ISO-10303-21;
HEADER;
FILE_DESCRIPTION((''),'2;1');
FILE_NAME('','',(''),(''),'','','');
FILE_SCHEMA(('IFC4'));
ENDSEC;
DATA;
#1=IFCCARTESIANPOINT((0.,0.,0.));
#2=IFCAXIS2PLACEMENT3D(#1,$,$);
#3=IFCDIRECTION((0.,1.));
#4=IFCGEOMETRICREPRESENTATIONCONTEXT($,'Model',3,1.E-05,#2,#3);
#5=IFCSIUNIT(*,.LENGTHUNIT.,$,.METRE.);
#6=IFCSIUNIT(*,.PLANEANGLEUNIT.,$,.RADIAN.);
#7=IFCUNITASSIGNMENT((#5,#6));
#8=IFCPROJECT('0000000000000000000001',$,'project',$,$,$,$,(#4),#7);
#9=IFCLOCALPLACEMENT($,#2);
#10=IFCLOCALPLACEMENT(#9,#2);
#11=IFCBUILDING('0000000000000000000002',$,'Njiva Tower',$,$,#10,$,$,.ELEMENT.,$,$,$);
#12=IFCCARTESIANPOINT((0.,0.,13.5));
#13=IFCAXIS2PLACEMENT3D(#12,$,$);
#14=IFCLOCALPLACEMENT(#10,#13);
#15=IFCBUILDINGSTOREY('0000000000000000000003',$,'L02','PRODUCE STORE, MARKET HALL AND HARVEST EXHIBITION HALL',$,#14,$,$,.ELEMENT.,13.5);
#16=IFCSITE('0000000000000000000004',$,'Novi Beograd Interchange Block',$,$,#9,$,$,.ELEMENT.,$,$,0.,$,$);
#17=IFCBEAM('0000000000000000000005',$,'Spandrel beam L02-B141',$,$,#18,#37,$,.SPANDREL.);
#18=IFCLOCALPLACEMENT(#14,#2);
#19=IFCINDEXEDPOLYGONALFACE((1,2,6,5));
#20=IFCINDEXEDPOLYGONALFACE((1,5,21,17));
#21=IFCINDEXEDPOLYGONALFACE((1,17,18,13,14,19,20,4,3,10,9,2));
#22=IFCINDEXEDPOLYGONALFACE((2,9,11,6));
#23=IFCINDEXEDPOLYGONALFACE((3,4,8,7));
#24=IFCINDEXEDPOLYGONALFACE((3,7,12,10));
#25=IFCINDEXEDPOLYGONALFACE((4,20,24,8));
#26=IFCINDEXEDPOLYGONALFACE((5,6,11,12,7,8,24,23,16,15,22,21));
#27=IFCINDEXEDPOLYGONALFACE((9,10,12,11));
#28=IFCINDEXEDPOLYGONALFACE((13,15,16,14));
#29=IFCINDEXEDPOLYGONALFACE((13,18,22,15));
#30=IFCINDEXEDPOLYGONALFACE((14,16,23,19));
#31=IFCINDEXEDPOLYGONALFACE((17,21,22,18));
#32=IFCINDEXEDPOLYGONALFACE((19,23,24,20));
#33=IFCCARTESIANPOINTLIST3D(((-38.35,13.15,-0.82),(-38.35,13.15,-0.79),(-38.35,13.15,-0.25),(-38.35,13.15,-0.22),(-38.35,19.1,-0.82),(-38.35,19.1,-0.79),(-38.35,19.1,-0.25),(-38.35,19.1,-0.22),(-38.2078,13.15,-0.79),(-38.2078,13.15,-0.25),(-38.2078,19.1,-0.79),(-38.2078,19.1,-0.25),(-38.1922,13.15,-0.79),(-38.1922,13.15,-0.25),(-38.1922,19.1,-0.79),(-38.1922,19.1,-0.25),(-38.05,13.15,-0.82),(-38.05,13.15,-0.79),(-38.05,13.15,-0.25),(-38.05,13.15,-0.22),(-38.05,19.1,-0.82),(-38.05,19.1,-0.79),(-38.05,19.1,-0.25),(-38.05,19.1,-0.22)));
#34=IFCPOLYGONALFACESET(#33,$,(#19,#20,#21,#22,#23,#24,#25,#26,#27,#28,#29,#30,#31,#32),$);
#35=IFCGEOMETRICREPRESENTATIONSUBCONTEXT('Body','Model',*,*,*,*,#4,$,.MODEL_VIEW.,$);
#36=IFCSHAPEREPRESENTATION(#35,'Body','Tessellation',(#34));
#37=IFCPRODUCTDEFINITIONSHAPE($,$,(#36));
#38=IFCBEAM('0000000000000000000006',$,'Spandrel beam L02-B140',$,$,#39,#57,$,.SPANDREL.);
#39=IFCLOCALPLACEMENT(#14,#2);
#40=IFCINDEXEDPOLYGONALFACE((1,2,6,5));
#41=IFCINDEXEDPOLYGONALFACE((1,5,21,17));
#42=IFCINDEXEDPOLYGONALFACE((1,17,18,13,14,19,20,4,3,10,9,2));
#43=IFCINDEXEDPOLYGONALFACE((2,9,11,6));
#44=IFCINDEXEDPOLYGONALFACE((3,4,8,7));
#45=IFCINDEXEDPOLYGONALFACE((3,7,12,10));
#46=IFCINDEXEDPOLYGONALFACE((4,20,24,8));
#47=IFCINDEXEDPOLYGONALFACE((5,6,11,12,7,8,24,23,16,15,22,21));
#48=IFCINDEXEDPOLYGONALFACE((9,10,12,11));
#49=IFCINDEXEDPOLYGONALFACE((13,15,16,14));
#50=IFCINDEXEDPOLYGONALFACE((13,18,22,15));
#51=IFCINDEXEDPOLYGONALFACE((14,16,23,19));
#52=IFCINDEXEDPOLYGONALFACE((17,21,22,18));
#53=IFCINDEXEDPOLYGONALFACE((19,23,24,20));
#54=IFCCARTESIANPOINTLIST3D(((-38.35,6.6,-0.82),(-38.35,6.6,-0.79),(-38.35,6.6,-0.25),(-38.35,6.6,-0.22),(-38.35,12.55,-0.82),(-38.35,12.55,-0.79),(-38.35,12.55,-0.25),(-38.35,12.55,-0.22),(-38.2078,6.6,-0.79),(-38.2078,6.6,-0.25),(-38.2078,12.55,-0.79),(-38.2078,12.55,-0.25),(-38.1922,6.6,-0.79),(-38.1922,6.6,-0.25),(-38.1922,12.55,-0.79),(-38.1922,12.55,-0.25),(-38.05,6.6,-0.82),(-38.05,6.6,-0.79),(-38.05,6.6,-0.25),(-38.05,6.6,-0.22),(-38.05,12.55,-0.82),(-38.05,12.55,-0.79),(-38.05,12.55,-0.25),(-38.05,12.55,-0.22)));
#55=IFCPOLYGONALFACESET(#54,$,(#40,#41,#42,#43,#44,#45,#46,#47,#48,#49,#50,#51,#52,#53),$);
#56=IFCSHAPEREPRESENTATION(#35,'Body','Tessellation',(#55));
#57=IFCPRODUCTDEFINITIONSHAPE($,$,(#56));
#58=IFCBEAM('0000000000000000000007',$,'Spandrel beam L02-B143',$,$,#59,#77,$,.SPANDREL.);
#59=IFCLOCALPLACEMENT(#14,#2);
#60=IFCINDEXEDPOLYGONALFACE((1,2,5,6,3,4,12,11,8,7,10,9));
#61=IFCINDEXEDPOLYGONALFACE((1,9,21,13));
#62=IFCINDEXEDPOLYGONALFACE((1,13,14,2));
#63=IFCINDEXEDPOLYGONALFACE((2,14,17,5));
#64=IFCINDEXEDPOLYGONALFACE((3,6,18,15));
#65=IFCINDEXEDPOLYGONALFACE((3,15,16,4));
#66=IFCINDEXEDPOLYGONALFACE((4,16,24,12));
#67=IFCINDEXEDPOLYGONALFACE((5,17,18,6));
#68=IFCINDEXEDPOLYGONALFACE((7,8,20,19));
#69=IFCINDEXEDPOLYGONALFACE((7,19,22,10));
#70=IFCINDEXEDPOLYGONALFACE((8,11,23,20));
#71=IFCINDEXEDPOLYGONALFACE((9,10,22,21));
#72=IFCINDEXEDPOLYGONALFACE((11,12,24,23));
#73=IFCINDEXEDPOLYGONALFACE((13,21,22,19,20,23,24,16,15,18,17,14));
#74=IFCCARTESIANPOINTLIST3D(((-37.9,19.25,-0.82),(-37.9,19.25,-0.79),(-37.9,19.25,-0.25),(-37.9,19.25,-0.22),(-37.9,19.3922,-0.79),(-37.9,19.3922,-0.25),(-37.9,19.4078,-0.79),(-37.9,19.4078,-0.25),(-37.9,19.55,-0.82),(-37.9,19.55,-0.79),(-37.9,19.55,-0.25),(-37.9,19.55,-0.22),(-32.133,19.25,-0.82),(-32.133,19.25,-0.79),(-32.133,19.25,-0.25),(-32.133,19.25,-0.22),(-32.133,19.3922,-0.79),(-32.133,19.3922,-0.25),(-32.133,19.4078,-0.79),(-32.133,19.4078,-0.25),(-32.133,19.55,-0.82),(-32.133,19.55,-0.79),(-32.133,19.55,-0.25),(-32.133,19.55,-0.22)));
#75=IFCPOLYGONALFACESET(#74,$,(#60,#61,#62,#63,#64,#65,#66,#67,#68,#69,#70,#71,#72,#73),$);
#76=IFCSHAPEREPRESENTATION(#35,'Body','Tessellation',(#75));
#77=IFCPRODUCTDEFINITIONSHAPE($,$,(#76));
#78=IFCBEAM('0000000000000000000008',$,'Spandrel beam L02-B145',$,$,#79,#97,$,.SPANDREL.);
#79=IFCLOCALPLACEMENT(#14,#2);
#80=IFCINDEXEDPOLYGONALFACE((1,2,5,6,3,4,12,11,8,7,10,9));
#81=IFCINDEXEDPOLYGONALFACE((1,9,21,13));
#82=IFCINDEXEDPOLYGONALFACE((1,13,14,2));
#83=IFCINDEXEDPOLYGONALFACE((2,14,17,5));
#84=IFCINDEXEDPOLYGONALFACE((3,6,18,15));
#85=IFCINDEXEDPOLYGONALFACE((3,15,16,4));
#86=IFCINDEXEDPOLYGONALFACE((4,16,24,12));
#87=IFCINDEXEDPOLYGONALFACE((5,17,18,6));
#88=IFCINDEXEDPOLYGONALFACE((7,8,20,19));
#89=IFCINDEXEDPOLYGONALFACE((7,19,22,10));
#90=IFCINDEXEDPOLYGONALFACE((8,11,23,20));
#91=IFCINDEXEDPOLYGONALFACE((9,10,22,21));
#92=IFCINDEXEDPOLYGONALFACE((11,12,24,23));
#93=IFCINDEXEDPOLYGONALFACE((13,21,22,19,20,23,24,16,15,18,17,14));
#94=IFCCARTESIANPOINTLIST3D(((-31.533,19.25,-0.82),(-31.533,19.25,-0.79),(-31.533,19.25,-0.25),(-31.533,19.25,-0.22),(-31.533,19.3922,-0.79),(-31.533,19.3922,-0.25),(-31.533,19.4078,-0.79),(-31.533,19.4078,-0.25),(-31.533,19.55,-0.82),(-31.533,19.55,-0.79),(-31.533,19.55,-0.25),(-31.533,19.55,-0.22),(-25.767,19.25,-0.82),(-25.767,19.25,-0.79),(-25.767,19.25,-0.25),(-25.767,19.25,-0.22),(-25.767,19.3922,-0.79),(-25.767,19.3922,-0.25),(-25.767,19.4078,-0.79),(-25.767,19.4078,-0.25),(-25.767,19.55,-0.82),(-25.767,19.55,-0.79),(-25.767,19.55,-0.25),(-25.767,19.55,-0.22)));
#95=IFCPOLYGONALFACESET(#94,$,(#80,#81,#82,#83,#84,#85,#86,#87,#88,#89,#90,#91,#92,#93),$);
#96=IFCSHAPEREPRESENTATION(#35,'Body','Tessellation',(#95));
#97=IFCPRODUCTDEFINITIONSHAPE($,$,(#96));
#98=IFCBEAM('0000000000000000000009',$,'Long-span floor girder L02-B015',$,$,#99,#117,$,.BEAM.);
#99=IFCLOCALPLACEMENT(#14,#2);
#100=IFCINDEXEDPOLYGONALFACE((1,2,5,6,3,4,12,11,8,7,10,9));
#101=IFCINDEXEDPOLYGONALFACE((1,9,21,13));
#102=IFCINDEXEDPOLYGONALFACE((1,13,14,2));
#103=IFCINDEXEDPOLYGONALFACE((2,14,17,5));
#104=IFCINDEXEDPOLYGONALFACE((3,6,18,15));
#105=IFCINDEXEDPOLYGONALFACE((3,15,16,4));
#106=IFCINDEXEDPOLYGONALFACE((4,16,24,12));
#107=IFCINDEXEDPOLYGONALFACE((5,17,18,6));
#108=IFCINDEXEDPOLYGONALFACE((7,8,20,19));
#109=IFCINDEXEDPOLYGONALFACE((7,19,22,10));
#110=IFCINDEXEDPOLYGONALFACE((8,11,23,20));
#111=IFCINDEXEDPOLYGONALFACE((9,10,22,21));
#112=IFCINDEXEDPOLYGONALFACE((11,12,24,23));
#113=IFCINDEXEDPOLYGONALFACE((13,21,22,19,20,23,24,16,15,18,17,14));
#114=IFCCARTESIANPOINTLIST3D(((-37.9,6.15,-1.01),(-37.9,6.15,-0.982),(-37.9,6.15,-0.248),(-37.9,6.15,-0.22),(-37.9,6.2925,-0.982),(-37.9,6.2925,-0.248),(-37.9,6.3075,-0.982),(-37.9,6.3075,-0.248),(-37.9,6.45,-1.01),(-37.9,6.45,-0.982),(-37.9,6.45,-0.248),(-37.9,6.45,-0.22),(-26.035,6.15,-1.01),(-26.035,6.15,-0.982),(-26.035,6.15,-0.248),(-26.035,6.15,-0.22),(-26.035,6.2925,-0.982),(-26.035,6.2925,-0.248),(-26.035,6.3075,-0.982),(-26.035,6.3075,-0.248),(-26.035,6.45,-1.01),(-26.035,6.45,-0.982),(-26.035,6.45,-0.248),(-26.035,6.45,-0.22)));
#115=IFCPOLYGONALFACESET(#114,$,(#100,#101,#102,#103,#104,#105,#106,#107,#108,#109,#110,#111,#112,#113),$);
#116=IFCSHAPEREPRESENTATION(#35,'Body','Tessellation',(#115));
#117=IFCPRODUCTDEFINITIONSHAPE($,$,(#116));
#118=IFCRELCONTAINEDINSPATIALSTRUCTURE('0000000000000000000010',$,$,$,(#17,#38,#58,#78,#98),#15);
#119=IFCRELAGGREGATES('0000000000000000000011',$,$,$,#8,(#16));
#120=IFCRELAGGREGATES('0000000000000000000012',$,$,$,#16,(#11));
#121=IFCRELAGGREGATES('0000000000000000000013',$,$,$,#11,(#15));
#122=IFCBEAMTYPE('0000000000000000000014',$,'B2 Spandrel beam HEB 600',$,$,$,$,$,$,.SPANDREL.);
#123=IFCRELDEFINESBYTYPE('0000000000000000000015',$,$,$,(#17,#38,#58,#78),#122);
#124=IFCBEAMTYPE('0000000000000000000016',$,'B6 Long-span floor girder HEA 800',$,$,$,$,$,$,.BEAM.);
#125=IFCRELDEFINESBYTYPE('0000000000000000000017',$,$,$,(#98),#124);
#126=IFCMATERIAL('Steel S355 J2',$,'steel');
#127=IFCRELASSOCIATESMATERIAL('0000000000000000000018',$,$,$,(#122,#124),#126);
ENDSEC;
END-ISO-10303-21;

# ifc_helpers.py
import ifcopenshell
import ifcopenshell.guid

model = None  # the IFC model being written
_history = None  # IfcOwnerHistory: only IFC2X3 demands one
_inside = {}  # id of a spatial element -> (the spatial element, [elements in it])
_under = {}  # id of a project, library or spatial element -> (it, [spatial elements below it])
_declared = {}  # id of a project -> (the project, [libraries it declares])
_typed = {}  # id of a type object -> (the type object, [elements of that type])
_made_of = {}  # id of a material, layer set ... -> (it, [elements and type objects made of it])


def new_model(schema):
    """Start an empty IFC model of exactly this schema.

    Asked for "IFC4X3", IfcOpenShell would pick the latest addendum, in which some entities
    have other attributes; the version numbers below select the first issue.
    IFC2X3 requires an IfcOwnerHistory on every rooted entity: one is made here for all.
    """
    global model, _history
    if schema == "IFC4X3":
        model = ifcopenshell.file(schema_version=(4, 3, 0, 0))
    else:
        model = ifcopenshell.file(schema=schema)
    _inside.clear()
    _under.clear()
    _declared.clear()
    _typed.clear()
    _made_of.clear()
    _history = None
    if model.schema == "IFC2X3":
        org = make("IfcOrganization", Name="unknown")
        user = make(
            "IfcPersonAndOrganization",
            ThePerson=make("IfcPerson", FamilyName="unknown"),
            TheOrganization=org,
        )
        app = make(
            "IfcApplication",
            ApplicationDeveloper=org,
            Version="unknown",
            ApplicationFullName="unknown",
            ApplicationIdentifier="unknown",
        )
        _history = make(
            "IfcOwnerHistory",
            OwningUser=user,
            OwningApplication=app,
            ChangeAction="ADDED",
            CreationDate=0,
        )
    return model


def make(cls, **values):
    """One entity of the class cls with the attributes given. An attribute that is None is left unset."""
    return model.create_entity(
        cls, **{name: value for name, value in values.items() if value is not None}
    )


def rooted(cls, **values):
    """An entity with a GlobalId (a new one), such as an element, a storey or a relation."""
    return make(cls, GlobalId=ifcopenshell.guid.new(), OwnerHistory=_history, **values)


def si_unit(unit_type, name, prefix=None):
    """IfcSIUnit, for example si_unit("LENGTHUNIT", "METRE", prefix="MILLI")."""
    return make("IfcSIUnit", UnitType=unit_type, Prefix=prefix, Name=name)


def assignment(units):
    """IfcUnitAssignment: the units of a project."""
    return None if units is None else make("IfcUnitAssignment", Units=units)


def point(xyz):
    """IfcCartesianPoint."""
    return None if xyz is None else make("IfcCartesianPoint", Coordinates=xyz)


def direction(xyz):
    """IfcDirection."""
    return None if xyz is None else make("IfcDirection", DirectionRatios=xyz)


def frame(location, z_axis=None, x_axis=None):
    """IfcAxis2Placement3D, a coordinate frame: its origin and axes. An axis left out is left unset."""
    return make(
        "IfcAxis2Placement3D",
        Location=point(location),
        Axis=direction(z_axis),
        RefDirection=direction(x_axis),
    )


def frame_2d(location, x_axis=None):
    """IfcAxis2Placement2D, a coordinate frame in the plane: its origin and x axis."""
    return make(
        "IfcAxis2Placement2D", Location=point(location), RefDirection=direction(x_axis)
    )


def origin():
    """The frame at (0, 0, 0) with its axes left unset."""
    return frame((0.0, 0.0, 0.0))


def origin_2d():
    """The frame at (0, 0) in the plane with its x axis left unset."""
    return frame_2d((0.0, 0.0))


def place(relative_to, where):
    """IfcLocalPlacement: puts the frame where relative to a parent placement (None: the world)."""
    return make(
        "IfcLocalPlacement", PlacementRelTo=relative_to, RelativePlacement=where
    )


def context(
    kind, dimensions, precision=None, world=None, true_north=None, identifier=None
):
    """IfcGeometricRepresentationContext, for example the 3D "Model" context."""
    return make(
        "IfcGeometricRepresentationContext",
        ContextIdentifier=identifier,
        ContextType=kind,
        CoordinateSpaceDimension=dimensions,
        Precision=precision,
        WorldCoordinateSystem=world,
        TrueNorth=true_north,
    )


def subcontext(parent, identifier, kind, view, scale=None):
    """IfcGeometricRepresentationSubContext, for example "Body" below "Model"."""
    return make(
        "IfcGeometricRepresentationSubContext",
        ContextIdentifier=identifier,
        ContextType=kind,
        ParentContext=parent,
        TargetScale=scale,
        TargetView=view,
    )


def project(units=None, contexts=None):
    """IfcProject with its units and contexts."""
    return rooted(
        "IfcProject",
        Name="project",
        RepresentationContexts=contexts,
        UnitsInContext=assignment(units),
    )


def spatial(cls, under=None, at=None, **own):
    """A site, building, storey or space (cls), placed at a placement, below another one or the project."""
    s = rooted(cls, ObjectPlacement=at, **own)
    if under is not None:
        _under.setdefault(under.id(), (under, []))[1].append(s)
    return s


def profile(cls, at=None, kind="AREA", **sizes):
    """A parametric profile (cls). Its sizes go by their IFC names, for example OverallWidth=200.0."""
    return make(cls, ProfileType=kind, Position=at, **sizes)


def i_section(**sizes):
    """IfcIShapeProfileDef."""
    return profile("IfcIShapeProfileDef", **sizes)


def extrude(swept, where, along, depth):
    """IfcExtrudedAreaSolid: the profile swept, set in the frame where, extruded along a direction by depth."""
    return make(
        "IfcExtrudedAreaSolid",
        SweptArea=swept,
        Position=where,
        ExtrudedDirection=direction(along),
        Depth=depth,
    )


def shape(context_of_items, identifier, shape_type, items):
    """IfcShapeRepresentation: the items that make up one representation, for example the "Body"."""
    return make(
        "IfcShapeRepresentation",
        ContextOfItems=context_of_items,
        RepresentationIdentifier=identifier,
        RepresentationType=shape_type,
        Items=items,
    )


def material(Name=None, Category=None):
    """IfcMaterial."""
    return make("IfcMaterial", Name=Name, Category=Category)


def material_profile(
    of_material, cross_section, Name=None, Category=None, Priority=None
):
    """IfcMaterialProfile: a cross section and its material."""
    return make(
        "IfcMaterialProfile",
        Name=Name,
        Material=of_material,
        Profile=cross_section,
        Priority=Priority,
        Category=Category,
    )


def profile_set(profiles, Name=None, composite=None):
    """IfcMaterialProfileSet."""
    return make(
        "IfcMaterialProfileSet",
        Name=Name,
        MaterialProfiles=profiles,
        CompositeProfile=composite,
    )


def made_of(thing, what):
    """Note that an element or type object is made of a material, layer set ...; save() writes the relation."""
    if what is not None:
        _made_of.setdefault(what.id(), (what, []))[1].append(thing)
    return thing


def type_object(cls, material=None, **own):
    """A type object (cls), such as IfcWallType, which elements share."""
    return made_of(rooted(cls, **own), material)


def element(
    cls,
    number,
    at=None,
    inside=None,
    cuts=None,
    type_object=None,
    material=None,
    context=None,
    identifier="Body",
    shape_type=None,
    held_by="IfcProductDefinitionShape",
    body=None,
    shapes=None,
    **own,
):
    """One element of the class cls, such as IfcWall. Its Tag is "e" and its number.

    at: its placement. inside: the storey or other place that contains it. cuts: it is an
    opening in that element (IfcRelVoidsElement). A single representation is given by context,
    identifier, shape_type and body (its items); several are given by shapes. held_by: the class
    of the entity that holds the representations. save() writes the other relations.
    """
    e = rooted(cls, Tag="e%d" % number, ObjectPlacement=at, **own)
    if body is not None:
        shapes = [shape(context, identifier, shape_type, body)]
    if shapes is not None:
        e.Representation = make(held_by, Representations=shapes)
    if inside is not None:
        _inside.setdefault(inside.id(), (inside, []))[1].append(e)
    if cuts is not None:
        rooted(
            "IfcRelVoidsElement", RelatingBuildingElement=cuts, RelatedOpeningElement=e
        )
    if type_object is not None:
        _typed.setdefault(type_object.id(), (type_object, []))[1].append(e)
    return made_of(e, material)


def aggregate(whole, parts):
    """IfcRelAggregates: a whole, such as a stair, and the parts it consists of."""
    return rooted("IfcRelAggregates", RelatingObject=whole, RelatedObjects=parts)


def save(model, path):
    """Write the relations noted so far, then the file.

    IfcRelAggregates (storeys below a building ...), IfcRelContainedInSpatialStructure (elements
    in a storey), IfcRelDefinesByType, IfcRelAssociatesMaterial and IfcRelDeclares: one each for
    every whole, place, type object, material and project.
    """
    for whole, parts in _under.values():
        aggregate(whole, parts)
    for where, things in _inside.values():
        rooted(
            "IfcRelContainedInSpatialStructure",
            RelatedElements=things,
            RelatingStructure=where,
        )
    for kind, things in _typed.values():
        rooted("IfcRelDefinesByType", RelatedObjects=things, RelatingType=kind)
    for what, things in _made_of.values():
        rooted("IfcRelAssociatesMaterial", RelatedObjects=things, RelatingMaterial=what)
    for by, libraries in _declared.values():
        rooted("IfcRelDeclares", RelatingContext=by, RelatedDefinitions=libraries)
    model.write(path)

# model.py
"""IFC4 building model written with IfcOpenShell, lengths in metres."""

from ifc_helpers import new_model, si_unit, direction, frame, origin, origin_2d, place, context, subcontext, project, spatial, i_section, extrude, material, material_profile, profile_set, type_object, element, save


model = new_model("IFC4")

# Units and contexts
model_context = context("Model", 3, precision=1e-05, world=origin(), true_north=direction((0.0, 1.0)))
body_context = subcontext(model_context, "Body", "Model", "MODEL_VIEW")
ifc_project = project(units=[si_unit("LENGTHUNIT", "METRE"), si_unit("PLANEANGLEUNIT", "RADIAN")], contexts=[model_context])

# Site, building, storey
site_placement = place(None, origin())
site = spatial("IfcSite", under=ifc_project, at=site_placement, Name="Novi Beograd Interchange Block", CompositionType="ELEMENT", RefElevation=0.0)
building_placement = place(site_placement, origin())
building = spatial("IfcBuilding", under=site, at=building_placement, Name="Njiva Tower", CompositionType="ELEMENT")
storey_placement = place(building_placement, frame((0.0, 0.0, 13.5)))
storey = spatial("IfcBuildingStorey", under=building, at=storey_placement, Name="L02", Description="PRODUCE STORE, MARKET HALL AND HARVEST EXHIBITION HALL", CompositionType="ELEMENT", Elevation=13.5)

# Shared definitions
ifc_material_1 = material(Name="Steel S355 J2", Category="steel")

# Beams
ifc_material_profile_1 = material_profile(ifc_material_1, i_section(OverallWidth=0.3, OverallDepth=0.6, WebThickness=0.0155, FlangeThickness=0.03, at=origin_2d()), Name="HEB 600")
ifc_profile_set_1 = profile_set([ifc_material_profile_1], Name="Steel S355 J2")
beam_type_1 = type_object("IfcBeamType", Name="B2 Spandrel beam HEB 600", PredefinedType="SPANDREL", material=ifc_profile_set_1)
for number, where, z_axis, x_axis, name in (
    (1, (-38.2, 19.1, -0.52), (0.0, -1.0, 0.0), (1.0, 0.0, 0.0), "Spandrel beam L02-B141"),
    (2, (-38.2, 12.55, -0.52), (0.0, -1.0, 0.0), (1.0, 0.0, 0.0), "Spandrel beam L02-B140"),
):
    element("IfcBeam", number, at=place(storey_placement, frame(where, z_axis=z_axis, x_axis=x_axis)), inside=storey, type_object=beam_type_1, Name=name, PredefinedType="SPANDREL", context=body_context, shape_type="SweptSolid", body=[
        extrude(i_section(OverallWidth=0.3, OverallDepth=0.6, WebThickness=0.0155, FlangeThickness=0.03, at=origin_2d()), origin(), (0.0, 0.0, 1.0), 5.95),
    ])
beam_1_placement = place(storey_placement, frame((-37.9, 19.4, -0.52), z_axis=(1.0, 0.0, 0.0), x_axis=(0.0, 1.0, 0.0)))
element("IfcBeam", 3, at=beam_1_placement, inside=storey, type_object=beam_type_1, Name="Spandrel beam L02-B143", PredefinedType="SPANDREL", context=body_context, shape_type="SweptSolid", body=[
    extrude(i_section(OverallWidth=0.3, OverallDepth=0.6, WebThickness=0.0155, FlangeThickness=0.03, at=origin_2d()), origin(), (0.0, 0.0, 1.0), 5.767),
])
beam_2_placement = place(storey_placement, frame((-31.533, 19.4, -0.52), z_axis=(1.0, 0.0, 0.0), x_axis=(0.0, 1.0, 0.0)))
element("IfcBeam", 4, at=beam_2_placement, inside=storey, type_object=beam_type_1, Name="Spandrel beam L02-B145", PredefinedType="SPANDREL", context=body_context, shape_type="SweptSolid", body=[
    extrude(i_section(OverallWidth=0.3, OverallDepth=0.6, WebThickness=0.0155, FlangeThickness=0.03, at=origin_2d()), origin(), (0.0, 0.0, 1.0), 5.766),
])
ifc_material_profile_2 = material_profile(ifc_material_1, i_section(OverallWidth=0.3, OverallDepth=0.79, WebThickness=0.015, FlangeThickness=0.028, at=origin_2d()), Name="HEA 800")
ifc_profile_set_2 = profile_set([ifc_material_profile_2], Name="Steel S355 J2")
beam_type_2 = type_object("IfcBeamType", Name="B6 Long-span floor girder HEA 800", PredefinedType="BEAM", material=ifc_profile_set_2)
beam_3_placement = place(storey_placement, frame((-37.9, 6.3, -0.615), z_axis=(1.0, 0.0, 0.0), x_axis=(0.0, 1.0, 0.0)))
element("IfcBeam", 5, at=beam_3_placement, inside=storey, type_object=beam_type_2, Name="Long-span floor girder L02-B015", PredefinedType="BEAM", context=body_context, shape_type="SweptSolid", body=[
    extrude(i_section(OverallWidth=0.3, OverallDepth=0.79, WebThickness=0.015, FlangeThickness=0.028, at=origin_2d()), origin(), (0.0, 0.0, 1.0), 11.865),
])

save(model, "model.ifc")
